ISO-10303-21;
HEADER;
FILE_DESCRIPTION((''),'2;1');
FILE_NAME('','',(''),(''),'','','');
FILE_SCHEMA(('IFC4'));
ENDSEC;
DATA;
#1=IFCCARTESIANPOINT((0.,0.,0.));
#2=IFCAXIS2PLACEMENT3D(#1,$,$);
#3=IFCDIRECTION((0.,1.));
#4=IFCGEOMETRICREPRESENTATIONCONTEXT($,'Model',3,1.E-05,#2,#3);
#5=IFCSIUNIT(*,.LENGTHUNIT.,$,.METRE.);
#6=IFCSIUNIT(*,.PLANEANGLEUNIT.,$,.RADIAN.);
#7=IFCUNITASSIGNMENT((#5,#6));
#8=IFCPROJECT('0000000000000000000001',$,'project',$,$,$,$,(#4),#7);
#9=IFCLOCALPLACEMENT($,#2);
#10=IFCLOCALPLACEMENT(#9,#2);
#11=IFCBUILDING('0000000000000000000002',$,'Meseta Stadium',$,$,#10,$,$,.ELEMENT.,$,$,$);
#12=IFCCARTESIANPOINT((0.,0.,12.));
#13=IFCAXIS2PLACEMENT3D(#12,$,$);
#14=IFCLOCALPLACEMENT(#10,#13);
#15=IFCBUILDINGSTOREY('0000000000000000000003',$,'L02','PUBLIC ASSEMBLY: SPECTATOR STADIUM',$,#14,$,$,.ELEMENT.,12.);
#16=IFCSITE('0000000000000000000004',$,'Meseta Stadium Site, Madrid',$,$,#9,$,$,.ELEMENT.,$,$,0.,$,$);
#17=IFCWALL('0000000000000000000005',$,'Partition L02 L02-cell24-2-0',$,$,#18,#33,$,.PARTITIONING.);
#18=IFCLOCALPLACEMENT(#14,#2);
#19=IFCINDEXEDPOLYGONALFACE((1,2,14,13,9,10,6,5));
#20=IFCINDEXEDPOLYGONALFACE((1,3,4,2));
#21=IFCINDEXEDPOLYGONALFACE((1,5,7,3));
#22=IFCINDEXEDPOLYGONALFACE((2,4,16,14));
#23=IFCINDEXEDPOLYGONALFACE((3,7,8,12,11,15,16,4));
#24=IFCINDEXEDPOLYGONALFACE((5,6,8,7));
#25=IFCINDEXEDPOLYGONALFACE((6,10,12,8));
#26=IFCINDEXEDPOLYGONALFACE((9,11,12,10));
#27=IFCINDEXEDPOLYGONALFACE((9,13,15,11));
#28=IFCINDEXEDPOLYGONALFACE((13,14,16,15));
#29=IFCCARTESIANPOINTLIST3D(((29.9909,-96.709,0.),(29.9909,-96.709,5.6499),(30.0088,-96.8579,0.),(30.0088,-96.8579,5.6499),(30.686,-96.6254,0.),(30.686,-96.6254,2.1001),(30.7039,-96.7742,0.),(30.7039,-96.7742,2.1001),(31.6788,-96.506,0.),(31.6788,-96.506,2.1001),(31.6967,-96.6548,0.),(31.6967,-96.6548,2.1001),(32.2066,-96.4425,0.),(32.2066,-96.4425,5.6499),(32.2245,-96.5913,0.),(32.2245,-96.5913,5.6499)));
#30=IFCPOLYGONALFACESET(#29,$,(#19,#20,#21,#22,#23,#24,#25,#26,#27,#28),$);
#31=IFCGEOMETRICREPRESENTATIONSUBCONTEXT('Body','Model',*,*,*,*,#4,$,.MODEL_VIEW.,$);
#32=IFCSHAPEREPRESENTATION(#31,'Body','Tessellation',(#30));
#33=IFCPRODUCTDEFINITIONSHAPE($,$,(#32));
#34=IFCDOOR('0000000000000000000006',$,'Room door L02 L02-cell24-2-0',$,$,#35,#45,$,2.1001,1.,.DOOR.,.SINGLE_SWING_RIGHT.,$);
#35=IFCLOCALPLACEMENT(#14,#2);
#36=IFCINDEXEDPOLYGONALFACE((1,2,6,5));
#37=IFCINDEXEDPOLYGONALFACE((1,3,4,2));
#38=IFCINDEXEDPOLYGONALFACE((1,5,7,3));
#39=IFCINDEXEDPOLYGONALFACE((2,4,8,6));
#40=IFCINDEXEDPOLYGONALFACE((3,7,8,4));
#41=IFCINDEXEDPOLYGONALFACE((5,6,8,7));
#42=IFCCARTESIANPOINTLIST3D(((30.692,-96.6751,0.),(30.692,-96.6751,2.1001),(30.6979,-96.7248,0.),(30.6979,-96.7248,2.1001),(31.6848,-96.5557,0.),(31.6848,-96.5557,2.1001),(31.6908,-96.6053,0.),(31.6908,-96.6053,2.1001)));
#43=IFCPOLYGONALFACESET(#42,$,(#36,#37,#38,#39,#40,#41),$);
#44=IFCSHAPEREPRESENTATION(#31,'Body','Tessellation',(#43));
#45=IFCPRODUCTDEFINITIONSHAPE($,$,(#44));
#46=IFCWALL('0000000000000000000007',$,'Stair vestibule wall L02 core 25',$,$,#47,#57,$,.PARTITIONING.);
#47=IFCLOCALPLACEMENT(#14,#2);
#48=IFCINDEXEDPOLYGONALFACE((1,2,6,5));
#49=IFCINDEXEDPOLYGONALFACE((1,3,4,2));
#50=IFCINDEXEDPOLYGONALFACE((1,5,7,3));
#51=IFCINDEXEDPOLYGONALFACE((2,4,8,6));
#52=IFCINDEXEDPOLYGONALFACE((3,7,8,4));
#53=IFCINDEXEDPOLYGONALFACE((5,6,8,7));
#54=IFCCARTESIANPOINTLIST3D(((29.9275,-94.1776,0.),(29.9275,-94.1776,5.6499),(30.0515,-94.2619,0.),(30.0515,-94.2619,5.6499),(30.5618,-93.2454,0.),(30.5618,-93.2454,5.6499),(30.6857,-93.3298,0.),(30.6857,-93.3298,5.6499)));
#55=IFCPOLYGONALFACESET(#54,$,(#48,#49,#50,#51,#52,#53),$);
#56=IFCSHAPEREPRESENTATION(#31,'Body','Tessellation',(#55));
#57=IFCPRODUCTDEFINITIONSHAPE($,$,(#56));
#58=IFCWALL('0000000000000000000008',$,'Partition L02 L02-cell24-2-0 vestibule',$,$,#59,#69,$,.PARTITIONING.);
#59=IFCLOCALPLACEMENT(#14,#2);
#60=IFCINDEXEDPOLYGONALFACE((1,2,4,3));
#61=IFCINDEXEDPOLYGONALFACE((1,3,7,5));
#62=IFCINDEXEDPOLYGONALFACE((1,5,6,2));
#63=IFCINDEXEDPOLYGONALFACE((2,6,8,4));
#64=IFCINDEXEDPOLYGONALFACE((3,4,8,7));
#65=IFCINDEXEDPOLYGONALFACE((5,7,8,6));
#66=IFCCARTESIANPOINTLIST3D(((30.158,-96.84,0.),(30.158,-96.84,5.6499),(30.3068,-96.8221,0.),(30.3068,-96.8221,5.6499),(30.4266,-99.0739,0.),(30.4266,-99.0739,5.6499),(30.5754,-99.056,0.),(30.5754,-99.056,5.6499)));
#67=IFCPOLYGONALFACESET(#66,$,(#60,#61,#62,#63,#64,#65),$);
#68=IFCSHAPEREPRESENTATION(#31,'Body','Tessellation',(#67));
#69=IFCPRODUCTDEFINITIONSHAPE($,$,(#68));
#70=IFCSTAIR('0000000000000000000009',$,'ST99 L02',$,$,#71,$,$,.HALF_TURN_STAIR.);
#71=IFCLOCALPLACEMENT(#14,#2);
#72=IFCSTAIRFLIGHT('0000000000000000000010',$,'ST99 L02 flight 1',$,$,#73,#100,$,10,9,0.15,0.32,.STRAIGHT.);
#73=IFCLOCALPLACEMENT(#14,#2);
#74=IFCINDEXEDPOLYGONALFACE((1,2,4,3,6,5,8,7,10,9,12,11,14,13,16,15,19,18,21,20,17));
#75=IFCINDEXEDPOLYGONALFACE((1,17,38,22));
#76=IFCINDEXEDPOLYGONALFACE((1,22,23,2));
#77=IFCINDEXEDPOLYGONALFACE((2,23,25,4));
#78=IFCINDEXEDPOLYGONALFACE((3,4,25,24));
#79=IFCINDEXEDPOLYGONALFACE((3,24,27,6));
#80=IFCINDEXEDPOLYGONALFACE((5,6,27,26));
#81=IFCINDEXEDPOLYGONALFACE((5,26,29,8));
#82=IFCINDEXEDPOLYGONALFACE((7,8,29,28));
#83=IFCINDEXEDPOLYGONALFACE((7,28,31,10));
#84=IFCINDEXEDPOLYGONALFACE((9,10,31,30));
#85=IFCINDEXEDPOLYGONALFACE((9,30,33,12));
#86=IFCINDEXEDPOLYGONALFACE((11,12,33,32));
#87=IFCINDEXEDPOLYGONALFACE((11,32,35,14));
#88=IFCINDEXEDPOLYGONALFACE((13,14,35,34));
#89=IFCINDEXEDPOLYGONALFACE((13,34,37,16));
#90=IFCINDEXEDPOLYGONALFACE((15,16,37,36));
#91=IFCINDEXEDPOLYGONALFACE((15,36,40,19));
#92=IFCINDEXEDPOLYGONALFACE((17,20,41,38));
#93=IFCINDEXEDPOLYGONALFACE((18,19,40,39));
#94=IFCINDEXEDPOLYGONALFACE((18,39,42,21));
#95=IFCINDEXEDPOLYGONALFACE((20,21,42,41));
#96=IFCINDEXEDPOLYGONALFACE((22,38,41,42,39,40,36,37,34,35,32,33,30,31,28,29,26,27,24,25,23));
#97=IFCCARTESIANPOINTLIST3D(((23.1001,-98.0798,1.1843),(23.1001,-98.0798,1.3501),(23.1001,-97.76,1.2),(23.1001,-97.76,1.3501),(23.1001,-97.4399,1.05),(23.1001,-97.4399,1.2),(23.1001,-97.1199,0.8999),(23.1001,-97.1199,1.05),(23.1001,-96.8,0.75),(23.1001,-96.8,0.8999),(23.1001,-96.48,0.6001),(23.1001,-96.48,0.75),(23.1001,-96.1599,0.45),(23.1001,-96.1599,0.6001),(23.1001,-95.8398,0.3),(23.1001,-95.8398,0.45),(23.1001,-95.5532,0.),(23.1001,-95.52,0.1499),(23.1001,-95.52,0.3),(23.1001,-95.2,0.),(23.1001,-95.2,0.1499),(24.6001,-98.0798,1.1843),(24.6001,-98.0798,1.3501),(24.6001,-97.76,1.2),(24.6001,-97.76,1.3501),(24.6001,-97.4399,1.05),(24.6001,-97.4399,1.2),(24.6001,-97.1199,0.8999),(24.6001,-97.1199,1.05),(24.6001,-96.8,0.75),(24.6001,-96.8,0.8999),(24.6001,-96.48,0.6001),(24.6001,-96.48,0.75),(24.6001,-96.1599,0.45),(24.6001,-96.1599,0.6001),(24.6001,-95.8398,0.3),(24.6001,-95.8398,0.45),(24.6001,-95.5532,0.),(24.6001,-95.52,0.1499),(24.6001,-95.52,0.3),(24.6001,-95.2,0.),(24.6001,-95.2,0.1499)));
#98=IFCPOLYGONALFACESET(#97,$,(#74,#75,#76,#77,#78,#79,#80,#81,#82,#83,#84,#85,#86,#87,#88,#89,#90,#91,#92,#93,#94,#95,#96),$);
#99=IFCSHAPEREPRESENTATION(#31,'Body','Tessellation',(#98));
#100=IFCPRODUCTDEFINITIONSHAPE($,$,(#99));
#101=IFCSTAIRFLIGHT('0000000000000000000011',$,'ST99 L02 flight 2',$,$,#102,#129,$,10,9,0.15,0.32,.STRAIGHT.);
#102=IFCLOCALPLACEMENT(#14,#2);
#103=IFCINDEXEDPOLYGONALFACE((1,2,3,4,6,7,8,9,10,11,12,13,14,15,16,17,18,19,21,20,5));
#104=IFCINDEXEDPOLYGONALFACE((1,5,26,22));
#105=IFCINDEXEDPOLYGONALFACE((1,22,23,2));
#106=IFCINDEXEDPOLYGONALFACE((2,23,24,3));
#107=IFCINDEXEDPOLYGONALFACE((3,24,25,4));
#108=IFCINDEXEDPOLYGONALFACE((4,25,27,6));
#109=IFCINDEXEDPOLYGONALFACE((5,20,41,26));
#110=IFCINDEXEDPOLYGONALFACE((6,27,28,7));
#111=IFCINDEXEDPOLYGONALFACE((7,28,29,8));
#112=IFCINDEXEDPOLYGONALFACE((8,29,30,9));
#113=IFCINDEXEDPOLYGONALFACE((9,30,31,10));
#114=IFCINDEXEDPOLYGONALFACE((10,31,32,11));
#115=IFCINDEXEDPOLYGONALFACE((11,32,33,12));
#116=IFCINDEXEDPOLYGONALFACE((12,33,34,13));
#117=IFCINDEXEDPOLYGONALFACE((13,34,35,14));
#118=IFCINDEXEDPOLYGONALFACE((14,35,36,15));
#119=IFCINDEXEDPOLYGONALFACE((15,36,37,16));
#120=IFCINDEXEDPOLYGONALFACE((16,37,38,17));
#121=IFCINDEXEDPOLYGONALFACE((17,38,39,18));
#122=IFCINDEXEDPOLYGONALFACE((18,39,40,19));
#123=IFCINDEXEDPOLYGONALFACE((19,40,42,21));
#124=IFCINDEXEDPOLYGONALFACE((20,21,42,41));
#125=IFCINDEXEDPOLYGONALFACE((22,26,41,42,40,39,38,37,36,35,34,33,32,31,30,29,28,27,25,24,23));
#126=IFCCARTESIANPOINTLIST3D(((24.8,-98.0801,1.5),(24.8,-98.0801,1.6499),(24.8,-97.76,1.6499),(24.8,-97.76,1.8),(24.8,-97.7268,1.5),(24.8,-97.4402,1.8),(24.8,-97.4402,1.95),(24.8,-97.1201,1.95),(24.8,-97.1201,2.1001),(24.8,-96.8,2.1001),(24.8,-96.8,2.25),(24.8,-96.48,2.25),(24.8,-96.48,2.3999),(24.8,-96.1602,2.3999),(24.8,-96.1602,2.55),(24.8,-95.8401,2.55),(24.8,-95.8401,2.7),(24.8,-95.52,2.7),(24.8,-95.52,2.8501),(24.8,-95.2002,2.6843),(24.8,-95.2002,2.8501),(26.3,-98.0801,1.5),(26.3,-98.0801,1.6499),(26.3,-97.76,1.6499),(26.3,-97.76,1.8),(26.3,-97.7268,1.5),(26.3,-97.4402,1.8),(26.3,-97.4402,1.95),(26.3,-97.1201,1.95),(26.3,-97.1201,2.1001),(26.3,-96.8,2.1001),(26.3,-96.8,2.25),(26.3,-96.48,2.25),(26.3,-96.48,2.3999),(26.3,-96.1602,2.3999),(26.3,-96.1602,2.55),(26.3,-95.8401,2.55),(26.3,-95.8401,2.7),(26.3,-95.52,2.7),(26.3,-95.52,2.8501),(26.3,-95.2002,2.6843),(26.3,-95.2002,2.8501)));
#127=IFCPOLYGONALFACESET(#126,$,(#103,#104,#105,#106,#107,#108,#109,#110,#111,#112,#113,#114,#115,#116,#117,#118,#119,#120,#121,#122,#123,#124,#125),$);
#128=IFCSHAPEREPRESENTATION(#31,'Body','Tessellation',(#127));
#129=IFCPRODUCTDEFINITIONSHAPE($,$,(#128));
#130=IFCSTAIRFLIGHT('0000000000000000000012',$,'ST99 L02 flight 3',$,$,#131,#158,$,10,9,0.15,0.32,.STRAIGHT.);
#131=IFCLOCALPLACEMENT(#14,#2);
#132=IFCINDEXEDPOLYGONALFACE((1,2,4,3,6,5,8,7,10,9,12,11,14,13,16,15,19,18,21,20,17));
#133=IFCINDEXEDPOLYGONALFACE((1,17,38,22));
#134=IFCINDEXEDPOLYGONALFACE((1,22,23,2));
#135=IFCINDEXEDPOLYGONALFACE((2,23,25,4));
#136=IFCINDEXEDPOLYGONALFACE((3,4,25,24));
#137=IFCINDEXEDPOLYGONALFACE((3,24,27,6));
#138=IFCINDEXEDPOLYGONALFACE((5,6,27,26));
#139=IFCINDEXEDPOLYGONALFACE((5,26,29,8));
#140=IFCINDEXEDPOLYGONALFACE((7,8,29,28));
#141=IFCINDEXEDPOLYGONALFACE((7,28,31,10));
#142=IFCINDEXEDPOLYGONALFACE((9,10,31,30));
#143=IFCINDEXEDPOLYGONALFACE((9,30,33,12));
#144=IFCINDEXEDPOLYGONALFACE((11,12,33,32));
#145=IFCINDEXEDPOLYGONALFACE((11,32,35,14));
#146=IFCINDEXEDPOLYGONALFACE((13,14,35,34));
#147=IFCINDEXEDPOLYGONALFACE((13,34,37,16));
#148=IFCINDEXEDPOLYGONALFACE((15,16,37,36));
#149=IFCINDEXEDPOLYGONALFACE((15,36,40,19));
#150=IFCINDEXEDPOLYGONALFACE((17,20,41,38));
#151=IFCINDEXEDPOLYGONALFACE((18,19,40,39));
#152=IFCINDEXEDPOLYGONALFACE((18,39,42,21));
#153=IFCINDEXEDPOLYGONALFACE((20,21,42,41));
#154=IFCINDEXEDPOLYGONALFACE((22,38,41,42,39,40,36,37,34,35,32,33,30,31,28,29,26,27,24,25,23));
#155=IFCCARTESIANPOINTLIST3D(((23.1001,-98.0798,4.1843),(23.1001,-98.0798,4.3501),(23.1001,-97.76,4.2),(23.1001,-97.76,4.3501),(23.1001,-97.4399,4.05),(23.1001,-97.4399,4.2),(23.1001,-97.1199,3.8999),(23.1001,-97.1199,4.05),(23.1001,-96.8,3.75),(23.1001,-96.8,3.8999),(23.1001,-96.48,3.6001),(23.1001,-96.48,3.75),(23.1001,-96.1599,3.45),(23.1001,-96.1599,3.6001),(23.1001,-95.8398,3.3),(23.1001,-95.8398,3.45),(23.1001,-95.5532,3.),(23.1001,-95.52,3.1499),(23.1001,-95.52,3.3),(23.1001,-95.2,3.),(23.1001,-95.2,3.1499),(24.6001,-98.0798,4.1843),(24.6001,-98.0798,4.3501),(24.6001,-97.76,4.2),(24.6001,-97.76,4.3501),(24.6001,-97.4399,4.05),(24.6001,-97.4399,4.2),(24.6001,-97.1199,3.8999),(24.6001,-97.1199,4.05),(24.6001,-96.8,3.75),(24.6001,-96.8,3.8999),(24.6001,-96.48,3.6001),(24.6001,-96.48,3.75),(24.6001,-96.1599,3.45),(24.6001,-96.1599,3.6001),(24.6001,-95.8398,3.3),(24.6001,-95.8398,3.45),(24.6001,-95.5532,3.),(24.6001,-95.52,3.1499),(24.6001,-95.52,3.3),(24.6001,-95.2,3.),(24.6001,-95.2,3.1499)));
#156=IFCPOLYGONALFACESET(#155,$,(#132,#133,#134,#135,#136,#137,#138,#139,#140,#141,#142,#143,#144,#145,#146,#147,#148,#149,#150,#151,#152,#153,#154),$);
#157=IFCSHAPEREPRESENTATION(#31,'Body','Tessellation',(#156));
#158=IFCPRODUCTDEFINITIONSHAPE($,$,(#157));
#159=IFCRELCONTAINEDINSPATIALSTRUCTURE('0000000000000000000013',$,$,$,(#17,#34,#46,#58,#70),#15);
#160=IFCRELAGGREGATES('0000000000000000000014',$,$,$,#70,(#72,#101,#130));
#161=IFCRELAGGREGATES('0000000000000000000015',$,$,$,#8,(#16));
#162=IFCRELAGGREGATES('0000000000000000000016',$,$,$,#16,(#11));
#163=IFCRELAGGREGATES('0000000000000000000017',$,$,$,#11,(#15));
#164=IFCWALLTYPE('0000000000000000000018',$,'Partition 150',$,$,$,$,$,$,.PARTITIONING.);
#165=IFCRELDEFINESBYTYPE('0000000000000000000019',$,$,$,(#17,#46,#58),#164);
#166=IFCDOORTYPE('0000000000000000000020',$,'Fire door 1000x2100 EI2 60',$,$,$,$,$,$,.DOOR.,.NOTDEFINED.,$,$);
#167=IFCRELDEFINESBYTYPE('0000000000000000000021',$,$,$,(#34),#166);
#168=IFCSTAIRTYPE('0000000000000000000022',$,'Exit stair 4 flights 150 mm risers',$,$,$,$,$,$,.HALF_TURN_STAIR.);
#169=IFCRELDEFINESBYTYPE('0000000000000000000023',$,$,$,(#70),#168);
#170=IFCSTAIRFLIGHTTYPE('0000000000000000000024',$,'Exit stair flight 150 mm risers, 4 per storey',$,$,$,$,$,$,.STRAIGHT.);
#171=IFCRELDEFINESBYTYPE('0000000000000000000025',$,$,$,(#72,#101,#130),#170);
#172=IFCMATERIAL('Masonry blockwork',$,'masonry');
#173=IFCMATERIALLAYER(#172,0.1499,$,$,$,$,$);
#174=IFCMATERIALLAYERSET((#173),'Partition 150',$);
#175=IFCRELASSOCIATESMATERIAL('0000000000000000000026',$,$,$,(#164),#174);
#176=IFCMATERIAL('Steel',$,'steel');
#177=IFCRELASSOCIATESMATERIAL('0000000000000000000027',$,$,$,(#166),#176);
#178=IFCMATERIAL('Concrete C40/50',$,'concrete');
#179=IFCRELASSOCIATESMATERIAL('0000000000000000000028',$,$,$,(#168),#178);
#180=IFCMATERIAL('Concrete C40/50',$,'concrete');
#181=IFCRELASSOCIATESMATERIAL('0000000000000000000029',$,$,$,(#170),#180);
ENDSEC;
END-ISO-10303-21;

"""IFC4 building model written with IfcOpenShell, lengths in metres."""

from ifc_helpers import new_model, si_unit, direction, frame, frame_2d, origin, place, context, subcontext, project, spatial, polyline, rectangle, outline, extrude, material, layer, layer_set, type_object, element, fill, aggregate, save


model = new_model("IFC4")

# Units and contexts
model_context = context("Model", 3, precision=1e-05, world=origin(), true_north=direction((0.0, 1.0)))
body_context = subcontext(model_context, "Body", "Model", "MODEL_VIEW")
ifc_project = project(units=[si_unit("LENGTHUNIT", "METRE"), si_unit("PLANEANGLEUNIT", "RADIAN")], contexts=[model_context])

# Site, building, storey
site_placement = place(None, origin())
site = spatial("IfcSite", under=ifc_project, at=site_placement, Name="Meseta Stadium Site, Madrid", CompositionType="ELEMENT", RefElevation=0.0)
building_placement = place(site_placement, origin())
building = spatial("IfcBuilding", under=site, at=building_placement, Name="Meseta Stadium", CompositionType="ELEMENT")
storey_placement = place(building_placement, frame((0.0, 0.0, 12.0)))
storey = spatial("IfcBuildingStorey", under=building, at=storey_placement, Name="L02", Description="PUBLIC ASSEMBLY: SPECTATOR STADIUM", CompositionType="ELEMENT", Elevation=12.0)

# Wall, opening, door
ifc_material_1 = material(Name="Masonry blockwork", Category="masonry")
ifc_layer = layer(ifc_material_1, 0.1499)
ifc_layer_set = layer_set([ifc_layer], Name="Partition 150")
wall_type = type_object("IfcWallType", Name="Partition 150", PredefinedType="PARTITIONING", material=ifc_layer_set)
wall_1_placement = place(storey_placement, frame((30.0, -96.7834, 0.0), z_axis=(0.0, 0.0, 1.0), x_axis=(0.99284, 0.119456, 0.0)))
wall_1 = element("IfcWall", 1, at=wall_1_placement, inside=storey, type_object=wall_type, Name="Partition L02 L02-cell24-2-0", PredefinedType="PARTITIONING", context=body_context, shape_type="SweptSolid", body=[
    extrude(rectangle(XDim=2.2317, YDim=0.1499, at=frame_2d((1.1157, 0.0))), origin(), (0.0, 0.0, 1.0), 5.6499),
])
opening_placement = place(wall_1_placement, frame((0.7, 0.0, 0.0)))
opening = element("IfcOpeningElement", 2, at=opening_placement, cuts=wall_1, PredefinedType="OPENING", context=body_context, shape_type="SweptSolid", body=[
    extrude(rectangle(XDim=1.0, YDim=2.1001, at=frame_2d((0.5, 1.05))), frame((0.0, 0.085, 0.0), z_axis=(0.0, -1.0, 0.0), x_axis=(1.0, 0.0, 0.0)), (0.0, 0.0, 1.0), 0.1699),
])
ifc_material_2 = material(Name="Steel", Category="steel")
door_type = type_object("IfcDoorType", Name="Fire door 1000x2100 EI2 60", OperationType="NOTDEFINED", PredefinedType="DOOR", material=ifc_material_2)
door_placement = place(opening_placement, origin())
door = element("IfcDoor", 3, at=door_placement, inside=storey, type_object=door_type, Name="Room door L02 L02-cell24-2-0", OperationType="SINGLE_SWING_RIGHT", OverallHeight=2.1001, OverallWidth=1.0, PredefinedType="DOOR", context=body_context, shape_type="SweptSolid", body=[
    extrude(rectangle(XDim=1.0, YDim=2.1001, at=frame_2d((0.5, 1.05))), frame((0.0, 0.0249, 0.0), z_axis=(0.0, -1.0, 0.0), x_axis=(1.0, 0.0, 0.0)), (0.0, 0.0, 1.0), 0.05),
])
fill(opening, door)

# Walls
wall_2_placement = place(storey_placement, frame((29.9895, -94.2197, 0.0), z_axis=(0.0, 0.0, 1.0), x_axis=(0.562571, 0.826749, 0.0)))
element("IfcWall", 4, at=wall_2_placement, inside=storey, type_object=wall_type, Name="Stair vestibule wall L02 core 25", PredefinedType="PARTITIONING", context=body_context, shape_type="SweptSolid", body=[
    extrude(rectangle(XDim=1.1274, YDim=0.1499, at=frame_2d((0.5637, 0.0))), origin(), (0.0, 0.0, 1.0), 5.6499),
])
wall_3_placement = place(storey_placement, frame((30.2324, -96.8311, 0.0), z_axis=(0.0, 0.0, 1.0), x_axis=(0.119359, -0.992851, 0.0)))
element("IfcWall", 5, at=wall_3_placement, inside=storey, type_object=wall_type, Name="Partition L02 L02-cell24-2-0 vestibule", PredefinedType="PARTITIONING", context=body_context, shape_type="SweptSolid", body=[
    extrude(rectangle(XDim=2.25, YDim=0.1499, at=frame_2d((1.125, 0.0))), origin(), (0.0, 0.0, 1.0), 5.6499),
])

# Stair, stair flights
ifc_material_3 = material(Name="Concrete C40/50", Category="concrete")
stair_type = type_object("IfcStairType", Name="Exit stair 4 flights 150 mm risers", PredefinedType="HALF_TURN_STAIR", material=ifc_material_3)
stair_1_placement = place(storey_placement, origin())
stair_1 = element("IfcStair", 6, at=stair_1_placement, inside=storey, type_object=stair_type, Name="ST99 L02", PredefinedType="HALF_TURN_STAIR")
ifc_material_4 = material(Name="Concrete C40/50", Category="concrete")
stair_flight_type = type_object("IfcStairFlightType", Name="Exit stair flight 150 mm risers, 4 per storey", PredefinedType="STRAIGHT", material=ifc_material_4)
stair_flight_1_placement = place(storey_placement, frame((23.8501, -95.2, 0.0), z_axis=(0.0, 0.0, 1.0), x_axis=(0.0, -1.0, 0.0)))
stair_flight_1 = element("IfcStairFlight", 7, at=stair_flight_1_placement, type_object=stair_flight_type, Name="ST99 L02 flight 1", NumberOfRisers=10, NumberOfTreads=9, PredefinedType="STRAIGHT", RiserHeight=0.15, TreadLength=0.32, context=body_context, shape_type="SweptSolid", body=[
    extrude(outline(polyline([(0.0, 0.0), (0.0, 0.1499), (0.3201, 0.1499), (0.3201, 0.3), (0.6399, 0.3), (0.6399, 0.45), (0.96, 0.45), (0.96, 0.6001), (1.28, 0.6001), (1.28, 0.75), (1.6001, 0.75), (1.6001, 0.8999), (1.9199, 0.8999), (1.9199, 1.05), (2.24, 1.05), (2.24, 1.2), (2.5601, 1.2), (2.5601, 1.3501), (2.8799, 1.3501), (2.8799, 1.1843), (0.3533, 0.0), (0.0, 0.0)])), frame((0.0, 0.75, 0.0), z_axis=(0.0, -1.0, 0.0), x_axis=(1.0, 0.0, 0.0)), (0.0, 0.0, 1.0), 1.5),
])
stair_flight_2_placement = place(storey_placement, frame((25.55, -98.0801, 1.5), z_axis=(0.0, 0.0, 1.0), x_axis=(0.0, 1.0, 0.0)))
stair_flight_2 = element("IfcStairFlight", 8, at=stair_flight_2_placement, type_object=stair_flight_type, Name="ST99 L02 flight 2", NumberOfRisers=10, NumberOfTreads=9, PredefinedType="STRAIGHT", RiserHeight=0.15, TreadLength=0.32, context=body_context, shape_type="SweptSolid", body=[
    extrude(outline(polyline([(0.0, 0.0), (0.0, 0.1499), (0.3201, 0.1499), (0.3201, 0.3), (0.6399, 0.3), (0.6399, 0.45), (0.96, 0.45), (0.96, 0.6001), (1.28, 0.6001), (1.28, 0.75), (1.6001, 0.75), (1.6001, 0.8999), (1.9199, 0.8999), (1.9199, 1.05), (2.24, 1.05), (2.24, 1.2), (2.5601, 1.2), (2.5601, 1.3501), (2.8799, 1.3501), (2.8799, 1.1843), (0.3533, 0.0), (0.0, 0.0)])), frame((0.0, 0.75, 0.0), z_axis=(0.0, -1.0, 0.0), x_axis=(1.0, 0.0, 0.0)), (0.0, 0.0, 1.0), 1.5),
])
stair_flight_3_placement = place(storey_placement, frame((23.8501, -95.2, 3.0), z_axis=(0.0, 0.0, 1.0), x_axis=(0.0, -1.0, 0.0)))
stair_flight_3 = element("IfcStairFlight", 9, at=stair_flight_3_placement, type_object=stair_flight_type, Name="ST99 L02 flight 3", NumberOfRisers=10, NumberOfTreads=9, PredefinedType="STRAIGHT", RiserHeight=0.15, TreadLength=0.32, context=body_context, shape_type="SweptSolid", body=[
    extrude(outline(polyline([(0.0, 0.0), (0.0, 0.1499), (0.3201, 0.1499), (0.3201, 0.3), (0.6399, 0.3), (0.6399, 0.45), (0.96, 0.45), (0.96, 0.6001), (1.28, 0.6001), (1.28, 0.75), (1.6001, 0.75), (1.6001, 0.8999), (1.9199, 0.8999), (1.9199, 1.05), (2.24, 1.05), (2.24, 1.2), (2.5601, 1.2), (2.5601, 1.3501), (2.8799, 1.3501), (2.8799, 1.1843), (0.3533, 0.0), (0.0, 0.0)])), frame((0.0, 0.75, 0.0), z_axis=(0.0, -1.0, 0.0), x_axis=(1.0, 0.0, 0.0)), (0.0, 0.0, 1.0), 1.5),
])
aggregate(stair_1, [stair_flight_1, stair_flight_2, stair_flight_3])

save(model, "model.ifc")
